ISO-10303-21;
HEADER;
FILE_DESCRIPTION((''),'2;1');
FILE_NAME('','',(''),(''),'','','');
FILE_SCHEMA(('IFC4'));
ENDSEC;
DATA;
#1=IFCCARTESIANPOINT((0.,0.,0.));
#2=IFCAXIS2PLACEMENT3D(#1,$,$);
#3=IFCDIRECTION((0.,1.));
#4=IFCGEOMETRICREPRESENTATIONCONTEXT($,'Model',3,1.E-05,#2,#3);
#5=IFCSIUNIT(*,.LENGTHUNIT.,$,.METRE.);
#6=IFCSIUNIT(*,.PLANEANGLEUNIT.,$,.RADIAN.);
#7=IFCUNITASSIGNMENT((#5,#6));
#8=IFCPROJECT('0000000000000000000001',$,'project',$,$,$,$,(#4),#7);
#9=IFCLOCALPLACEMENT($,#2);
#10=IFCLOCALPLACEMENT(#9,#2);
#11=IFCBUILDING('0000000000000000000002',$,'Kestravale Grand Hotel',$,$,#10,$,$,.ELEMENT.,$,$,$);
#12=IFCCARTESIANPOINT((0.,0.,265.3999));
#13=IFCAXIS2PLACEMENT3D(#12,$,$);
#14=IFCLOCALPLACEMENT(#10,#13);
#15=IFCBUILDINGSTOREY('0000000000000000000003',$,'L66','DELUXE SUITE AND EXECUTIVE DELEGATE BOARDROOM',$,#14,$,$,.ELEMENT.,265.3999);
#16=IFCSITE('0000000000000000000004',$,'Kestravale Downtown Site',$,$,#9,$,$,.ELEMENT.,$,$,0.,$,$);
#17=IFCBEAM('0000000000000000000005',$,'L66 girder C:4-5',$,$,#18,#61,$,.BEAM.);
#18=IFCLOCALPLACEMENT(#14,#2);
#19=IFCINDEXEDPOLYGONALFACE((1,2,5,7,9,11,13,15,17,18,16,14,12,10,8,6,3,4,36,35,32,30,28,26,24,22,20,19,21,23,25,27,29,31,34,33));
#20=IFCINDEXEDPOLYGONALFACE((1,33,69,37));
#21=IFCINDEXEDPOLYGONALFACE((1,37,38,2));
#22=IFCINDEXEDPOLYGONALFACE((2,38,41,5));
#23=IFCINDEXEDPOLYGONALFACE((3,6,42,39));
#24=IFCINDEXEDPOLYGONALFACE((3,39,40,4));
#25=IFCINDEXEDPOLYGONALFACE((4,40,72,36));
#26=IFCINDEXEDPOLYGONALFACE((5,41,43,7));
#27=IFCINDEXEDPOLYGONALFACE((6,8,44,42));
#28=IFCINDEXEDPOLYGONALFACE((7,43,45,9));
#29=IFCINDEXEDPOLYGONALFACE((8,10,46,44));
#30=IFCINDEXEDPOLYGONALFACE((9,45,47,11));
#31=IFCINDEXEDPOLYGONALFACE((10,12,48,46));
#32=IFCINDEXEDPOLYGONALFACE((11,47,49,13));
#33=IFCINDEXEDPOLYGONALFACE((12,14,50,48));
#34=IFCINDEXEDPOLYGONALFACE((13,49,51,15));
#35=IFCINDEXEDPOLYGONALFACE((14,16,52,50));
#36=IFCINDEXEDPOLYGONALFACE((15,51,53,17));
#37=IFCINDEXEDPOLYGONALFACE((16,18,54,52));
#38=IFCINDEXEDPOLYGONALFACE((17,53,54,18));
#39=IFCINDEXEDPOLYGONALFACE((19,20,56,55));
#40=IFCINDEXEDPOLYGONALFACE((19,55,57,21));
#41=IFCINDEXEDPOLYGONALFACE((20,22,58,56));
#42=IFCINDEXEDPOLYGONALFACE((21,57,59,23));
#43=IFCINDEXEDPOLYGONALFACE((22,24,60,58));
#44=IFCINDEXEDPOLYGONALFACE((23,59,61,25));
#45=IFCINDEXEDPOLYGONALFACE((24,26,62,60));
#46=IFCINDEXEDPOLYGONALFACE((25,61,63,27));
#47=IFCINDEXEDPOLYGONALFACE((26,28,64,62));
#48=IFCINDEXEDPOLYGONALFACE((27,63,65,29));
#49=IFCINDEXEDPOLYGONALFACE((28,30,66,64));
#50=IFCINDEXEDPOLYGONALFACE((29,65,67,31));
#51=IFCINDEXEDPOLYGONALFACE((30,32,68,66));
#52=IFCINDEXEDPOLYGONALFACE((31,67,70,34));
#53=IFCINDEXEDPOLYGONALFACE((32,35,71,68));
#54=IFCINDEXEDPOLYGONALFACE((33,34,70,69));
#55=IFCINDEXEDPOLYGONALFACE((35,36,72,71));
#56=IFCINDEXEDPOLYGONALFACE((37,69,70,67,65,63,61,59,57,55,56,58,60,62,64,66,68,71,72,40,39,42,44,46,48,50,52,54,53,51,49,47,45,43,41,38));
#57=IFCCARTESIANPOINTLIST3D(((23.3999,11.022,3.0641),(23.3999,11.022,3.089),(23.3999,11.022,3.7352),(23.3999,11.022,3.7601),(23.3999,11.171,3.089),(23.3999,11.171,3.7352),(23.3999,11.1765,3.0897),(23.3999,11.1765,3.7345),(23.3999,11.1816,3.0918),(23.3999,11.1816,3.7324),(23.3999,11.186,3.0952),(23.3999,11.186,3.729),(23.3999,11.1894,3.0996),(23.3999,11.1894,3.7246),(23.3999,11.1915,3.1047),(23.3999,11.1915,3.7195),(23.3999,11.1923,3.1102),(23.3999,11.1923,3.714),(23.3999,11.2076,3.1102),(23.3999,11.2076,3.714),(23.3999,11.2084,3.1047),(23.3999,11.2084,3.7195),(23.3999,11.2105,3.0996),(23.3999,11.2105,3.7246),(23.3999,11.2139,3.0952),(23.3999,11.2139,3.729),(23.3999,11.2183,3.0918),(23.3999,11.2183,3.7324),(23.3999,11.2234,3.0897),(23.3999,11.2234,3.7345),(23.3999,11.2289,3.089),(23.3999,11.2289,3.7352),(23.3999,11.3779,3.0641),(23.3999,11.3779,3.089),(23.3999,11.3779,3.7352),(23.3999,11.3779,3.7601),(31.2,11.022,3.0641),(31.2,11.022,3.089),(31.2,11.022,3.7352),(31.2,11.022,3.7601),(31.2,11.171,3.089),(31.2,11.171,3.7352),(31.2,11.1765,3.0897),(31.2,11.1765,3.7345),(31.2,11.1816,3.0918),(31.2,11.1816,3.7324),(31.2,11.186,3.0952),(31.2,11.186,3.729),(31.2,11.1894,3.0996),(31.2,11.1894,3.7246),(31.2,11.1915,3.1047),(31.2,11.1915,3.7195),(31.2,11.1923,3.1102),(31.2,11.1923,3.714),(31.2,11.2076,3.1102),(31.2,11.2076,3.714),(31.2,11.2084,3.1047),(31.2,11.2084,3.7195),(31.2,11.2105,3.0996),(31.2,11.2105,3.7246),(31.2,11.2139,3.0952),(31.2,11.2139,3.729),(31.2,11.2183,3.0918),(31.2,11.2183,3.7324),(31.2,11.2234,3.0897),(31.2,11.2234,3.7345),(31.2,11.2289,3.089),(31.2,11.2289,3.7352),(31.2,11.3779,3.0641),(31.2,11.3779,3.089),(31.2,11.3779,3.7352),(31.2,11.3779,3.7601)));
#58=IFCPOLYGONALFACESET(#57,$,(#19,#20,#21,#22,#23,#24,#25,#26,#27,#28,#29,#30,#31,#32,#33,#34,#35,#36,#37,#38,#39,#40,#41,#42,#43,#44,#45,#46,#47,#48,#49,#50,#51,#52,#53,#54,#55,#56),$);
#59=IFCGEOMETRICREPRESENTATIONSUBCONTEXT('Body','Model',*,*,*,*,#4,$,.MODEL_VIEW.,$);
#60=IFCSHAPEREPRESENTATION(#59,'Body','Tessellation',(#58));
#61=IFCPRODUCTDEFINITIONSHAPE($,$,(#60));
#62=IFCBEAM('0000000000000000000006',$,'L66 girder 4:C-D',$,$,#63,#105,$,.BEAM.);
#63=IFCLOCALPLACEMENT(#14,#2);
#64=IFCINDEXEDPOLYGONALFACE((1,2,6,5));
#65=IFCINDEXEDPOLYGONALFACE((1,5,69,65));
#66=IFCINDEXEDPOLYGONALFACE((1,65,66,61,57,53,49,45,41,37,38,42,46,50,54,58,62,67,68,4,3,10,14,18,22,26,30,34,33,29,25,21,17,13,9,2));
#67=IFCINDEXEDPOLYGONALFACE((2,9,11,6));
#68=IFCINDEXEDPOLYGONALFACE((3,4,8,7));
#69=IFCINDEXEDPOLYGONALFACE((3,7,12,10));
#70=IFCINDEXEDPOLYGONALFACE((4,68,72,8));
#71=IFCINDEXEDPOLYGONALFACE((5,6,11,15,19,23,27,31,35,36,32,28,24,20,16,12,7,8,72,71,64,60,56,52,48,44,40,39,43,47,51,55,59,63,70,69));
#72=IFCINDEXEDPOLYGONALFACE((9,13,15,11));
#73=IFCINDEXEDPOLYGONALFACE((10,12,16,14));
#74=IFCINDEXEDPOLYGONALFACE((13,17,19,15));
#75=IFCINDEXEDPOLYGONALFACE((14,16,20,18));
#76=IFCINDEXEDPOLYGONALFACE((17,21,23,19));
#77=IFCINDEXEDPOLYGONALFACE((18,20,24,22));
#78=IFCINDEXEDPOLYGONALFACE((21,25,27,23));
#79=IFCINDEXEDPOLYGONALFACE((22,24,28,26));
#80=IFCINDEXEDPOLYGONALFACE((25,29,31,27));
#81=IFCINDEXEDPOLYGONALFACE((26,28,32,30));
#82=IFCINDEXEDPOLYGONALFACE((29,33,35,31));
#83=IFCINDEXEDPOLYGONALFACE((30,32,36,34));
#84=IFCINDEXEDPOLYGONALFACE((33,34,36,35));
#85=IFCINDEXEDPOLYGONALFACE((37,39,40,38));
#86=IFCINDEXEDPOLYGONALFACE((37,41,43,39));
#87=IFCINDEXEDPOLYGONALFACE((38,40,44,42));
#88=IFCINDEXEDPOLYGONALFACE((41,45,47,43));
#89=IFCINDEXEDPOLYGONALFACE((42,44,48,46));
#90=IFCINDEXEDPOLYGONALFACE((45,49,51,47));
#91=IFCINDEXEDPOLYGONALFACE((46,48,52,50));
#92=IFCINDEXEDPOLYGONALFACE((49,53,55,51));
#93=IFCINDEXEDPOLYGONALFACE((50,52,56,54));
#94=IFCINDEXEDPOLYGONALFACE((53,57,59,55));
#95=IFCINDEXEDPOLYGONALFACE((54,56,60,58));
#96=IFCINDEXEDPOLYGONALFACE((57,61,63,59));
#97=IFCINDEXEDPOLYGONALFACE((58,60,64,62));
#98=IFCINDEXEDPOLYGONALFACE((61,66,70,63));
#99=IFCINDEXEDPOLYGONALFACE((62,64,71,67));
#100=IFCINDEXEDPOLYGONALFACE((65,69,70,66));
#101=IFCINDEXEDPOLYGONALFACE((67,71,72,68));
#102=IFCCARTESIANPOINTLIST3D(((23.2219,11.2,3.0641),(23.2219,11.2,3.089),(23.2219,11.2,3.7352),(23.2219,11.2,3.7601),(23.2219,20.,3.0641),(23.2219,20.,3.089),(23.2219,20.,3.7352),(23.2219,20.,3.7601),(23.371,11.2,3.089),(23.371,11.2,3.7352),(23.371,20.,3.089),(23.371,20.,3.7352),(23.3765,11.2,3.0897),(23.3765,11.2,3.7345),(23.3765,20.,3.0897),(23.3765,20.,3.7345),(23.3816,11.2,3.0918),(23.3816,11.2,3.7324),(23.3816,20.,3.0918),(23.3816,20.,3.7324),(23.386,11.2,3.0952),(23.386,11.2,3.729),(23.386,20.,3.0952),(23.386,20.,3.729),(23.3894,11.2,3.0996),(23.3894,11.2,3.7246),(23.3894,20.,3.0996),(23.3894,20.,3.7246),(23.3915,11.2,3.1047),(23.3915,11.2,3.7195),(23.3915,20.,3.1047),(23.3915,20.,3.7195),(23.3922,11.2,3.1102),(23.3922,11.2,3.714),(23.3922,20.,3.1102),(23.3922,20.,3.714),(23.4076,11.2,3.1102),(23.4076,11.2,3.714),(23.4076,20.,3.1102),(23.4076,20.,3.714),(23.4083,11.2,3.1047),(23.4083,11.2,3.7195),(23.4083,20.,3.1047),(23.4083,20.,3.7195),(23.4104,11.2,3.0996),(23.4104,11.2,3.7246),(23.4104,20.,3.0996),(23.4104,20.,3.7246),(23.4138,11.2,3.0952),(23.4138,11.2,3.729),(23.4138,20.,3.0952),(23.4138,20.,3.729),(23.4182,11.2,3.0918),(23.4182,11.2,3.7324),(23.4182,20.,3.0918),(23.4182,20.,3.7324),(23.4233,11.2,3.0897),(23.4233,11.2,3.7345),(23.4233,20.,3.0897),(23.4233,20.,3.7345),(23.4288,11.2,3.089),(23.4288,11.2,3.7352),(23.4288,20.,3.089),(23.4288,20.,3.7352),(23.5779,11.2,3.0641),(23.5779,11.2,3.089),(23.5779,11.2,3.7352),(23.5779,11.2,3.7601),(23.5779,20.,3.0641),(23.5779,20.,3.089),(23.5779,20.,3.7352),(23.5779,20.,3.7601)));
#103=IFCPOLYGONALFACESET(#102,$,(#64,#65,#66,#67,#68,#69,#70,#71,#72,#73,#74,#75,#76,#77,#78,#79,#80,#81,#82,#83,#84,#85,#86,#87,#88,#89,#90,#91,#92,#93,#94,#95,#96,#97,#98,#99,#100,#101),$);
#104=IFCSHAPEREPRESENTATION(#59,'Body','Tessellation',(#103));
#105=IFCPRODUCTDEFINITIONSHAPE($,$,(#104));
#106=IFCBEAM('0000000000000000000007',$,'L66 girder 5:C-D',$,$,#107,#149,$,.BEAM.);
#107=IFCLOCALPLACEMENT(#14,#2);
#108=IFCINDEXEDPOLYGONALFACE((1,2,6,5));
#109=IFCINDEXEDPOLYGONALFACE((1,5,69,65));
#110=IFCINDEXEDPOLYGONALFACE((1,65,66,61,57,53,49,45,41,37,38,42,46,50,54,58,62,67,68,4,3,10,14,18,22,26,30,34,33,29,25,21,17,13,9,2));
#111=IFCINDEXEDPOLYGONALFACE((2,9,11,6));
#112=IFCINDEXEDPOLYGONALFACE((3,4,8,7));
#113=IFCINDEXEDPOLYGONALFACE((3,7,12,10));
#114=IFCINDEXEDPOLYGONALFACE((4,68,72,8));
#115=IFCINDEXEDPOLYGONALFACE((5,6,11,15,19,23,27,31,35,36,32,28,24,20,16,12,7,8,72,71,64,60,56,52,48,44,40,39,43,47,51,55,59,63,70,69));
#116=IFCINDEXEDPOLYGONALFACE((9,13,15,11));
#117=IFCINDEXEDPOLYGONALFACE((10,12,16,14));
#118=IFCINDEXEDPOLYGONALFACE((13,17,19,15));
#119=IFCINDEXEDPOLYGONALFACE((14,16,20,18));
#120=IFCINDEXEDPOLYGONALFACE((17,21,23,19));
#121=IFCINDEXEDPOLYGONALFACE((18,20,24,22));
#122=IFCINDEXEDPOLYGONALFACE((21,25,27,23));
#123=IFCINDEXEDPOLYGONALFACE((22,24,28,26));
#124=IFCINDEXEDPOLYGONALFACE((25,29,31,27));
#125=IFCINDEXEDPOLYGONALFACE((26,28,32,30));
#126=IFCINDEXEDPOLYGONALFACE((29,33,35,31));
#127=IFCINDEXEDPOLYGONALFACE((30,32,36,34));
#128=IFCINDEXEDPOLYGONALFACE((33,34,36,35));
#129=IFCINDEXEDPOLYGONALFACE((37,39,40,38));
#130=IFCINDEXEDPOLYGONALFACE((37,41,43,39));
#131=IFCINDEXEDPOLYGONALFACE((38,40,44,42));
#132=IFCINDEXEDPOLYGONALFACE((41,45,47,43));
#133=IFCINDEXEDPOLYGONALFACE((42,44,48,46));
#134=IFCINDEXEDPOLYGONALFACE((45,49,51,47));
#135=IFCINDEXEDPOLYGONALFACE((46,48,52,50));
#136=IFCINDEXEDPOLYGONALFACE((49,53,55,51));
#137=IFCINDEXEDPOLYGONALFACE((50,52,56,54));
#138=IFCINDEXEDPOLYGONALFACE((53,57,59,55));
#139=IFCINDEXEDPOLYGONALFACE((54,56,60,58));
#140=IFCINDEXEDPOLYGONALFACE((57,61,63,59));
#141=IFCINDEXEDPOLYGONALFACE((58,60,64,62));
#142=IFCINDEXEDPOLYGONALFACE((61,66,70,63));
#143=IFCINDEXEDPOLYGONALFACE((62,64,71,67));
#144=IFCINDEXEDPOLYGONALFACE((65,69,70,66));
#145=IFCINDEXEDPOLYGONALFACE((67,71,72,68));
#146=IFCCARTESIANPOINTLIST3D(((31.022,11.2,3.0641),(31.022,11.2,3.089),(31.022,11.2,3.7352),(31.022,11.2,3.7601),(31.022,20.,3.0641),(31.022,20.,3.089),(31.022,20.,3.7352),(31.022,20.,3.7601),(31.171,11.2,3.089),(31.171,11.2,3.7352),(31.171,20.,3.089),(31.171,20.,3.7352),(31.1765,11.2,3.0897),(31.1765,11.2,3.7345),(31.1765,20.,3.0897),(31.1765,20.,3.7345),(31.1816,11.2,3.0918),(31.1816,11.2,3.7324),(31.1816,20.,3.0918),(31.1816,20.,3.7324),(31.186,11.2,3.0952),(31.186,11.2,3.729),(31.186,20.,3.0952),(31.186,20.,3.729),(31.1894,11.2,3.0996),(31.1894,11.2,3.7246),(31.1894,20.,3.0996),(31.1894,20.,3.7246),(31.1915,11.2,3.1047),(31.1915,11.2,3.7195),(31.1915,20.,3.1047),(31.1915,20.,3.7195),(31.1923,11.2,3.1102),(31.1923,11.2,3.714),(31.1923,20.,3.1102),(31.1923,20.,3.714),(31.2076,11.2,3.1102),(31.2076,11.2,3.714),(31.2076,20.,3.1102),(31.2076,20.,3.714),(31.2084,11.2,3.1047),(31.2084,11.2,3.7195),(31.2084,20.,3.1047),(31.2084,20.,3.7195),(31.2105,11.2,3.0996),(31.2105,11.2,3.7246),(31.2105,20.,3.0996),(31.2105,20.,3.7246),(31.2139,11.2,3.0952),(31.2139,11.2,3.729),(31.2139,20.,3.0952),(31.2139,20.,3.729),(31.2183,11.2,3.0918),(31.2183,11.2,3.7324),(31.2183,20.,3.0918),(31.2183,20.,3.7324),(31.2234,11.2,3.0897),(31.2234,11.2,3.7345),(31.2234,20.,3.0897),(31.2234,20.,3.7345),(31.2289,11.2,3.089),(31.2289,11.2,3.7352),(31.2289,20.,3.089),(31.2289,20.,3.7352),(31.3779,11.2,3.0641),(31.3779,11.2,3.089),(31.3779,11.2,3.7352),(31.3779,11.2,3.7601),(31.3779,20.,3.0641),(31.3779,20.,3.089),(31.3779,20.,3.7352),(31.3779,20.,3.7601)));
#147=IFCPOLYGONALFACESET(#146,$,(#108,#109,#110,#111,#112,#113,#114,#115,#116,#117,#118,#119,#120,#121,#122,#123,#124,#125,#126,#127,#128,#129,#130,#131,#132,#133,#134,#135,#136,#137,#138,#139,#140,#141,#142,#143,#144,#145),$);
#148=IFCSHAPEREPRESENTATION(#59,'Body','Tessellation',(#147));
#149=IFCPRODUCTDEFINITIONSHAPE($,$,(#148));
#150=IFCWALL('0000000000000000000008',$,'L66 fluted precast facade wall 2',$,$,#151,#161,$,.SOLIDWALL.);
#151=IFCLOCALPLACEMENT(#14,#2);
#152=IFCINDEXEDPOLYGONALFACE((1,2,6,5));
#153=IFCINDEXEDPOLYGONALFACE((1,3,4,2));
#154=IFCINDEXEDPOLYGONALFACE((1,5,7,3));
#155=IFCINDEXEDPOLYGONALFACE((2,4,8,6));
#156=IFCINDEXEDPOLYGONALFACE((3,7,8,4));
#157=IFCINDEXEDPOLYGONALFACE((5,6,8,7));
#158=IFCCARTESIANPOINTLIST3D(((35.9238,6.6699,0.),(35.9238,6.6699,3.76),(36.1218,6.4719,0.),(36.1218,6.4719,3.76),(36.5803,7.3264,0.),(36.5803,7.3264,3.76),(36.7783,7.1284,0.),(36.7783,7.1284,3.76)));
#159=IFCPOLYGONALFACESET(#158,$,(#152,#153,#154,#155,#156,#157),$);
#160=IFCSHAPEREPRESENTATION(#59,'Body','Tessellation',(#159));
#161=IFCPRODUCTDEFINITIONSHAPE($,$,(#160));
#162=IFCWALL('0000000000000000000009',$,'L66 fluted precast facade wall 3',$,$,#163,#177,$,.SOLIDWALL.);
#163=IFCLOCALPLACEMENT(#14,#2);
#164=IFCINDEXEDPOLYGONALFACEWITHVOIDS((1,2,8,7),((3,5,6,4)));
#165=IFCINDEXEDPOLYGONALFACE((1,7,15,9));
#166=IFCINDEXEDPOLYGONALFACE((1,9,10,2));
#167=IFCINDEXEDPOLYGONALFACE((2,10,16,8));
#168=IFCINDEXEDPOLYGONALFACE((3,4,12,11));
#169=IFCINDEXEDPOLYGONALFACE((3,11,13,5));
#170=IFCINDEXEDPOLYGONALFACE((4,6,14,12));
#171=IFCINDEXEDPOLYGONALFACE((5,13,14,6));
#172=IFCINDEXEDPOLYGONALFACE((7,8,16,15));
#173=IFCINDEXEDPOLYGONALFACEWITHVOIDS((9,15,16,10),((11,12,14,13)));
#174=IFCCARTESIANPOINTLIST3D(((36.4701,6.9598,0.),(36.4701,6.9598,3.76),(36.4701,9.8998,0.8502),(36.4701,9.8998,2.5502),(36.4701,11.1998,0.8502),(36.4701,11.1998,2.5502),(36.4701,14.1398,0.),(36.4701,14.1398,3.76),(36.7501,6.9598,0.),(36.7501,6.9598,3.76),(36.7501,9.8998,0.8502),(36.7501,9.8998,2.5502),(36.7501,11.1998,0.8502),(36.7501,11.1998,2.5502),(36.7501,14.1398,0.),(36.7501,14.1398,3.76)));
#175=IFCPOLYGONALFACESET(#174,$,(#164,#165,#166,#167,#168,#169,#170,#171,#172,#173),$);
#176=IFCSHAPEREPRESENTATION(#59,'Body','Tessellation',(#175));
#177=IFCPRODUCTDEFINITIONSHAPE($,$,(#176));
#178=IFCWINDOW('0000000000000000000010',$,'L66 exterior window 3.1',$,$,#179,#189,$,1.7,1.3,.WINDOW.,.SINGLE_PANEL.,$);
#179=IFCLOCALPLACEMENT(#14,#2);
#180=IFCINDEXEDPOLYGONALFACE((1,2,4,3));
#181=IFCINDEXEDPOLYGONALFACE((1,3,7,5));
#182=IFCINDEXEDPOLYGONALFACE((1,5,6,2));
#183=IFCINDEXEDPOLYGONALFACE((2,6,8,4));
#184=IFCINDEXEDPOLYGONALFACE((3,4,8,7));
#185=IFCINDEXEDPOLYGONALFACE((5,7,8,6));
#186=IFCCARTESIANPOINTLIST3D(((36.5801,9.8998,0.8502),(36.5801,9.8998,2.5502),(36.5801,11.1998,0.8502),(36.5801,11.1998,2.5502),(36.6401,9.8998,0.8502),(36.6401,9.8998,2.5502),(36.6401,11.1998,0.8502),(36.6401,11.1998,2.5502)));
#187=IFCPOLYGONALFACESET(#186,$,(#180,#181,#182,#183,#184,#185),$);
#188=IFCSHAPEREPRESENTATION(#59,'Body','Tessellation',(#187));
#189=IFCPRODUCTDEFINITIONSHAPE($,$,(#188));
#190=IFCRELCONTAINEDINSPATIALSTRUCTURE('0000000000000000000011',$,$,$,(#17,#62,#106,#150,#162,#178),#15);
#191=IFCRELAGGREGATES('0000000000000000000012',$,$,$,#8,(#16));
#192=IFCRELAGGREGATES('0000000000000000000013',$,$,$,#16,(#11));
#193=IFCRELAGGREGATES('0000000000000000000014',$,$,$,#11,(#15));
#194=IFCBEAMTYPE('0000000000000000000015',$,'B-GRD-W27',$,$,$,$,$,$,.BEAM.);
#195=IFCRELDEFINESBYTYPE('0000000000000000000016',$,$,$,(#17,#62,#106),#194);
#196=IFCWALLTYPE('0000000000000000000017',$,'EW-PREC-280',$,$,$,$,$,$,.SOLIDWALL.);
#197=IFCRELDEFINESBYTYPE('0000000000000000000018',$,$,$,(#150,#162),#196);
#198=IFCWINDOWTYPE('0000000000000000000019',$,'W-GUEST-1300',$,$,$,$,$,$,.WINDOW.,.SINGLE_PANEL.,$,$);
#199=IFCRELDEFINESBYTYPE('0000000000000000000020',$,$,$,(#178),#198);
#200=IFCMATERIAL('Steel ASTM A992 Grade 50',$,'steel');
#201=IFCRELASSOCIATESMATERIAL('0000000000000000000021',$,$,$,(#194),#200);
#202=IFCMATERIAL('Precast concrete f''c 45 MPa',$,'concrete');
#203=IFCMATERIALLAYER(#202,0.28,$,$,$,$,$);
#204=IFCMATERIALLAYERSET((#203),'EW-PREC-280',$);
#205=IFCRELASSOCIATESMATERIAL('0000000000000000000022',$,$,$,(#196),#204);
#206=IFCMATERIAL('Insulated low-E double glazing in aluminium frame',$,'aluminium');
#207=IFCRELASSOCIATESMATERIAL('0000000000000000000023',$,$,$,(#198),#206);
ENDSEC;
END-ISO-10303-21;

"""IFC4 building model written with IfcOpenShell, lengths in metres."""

from ifc_helpers import new_model, si_unit, direction, frame, frame_2d, origin, origin_2d, place, context, subcontext, project, spatial, rectangle, i_section, extrude, material, layer, layer_set, material_profile, profile_set, type_object, element, fill, save


model = new_model("IFC4")

# Units and contexts
model_context = context("Model", 3, precision=1e-05, world=origin(), true_north=direction((0.0, 1.0)))
body_context = subcontext(model_context, "Body", "Model", "MODEL_VIEW")
ifc_project = project(units=[si_unit("LENGTHUNIT", "METRE"), si_unit("PLANEANGLEUNIT", "RADIAN")], contexts=[model_context])

# Site, building, storey
site_placement = place(None, origin())
site = spatial("IfcSite", under=ifc_project, at=site_placement, Name="Kestravale Downtown Site", CompositionType="ELEMENT", RefElevation=0.0)
building_placement = place(site_placement, origin())
building = spatial("IfcBuilding", under=site, at=building_placement, Name="Kestravale Grand Hotel", CompositionType="ELEMENT")
storey_placement = place(building_placement, frame((0.0, 0.0, 265.3999)))
storey = spatial("IfcBuildingStorey", under=building, at=storey_placement, Name="L66", Description="DELUXE SUITE AND EXECUTIVE DELEGATE BOARDROOM", CompositionType="ELEMENT", Elevation=265.3999)

# Beams
ifc_material_1 = material(Name="Steel ASTM A992 Grade 50", Category="steel")
ifc_material_profile_1 = material_profile(ifc_material_1, i_section(OverallWidth=0.356, OverallDepth=0.696, WebThickness=0.0154, FlangeThickness=0.0249, FilletRadius=0.0212, at=origin_2d()))
ifc_profile_set_1 = profile_set([ifc_material_profile_1], Name="Steel ASTM A992 Grade 50")
beam_type_1 = type_object("IfcBeamType", Name="B-GRD-W27", PredefinedType="BEAM", material=ifc_profile_set_1)
beam_1_placement = place(storey_placement, frame((23.3999, 11.2, 3.4121), z_axis=(1.0, 0.0, 0.0), x_axis=(0.0, 1.0, 0.0)))
element("IfcBeam", 1, at=beam_1_placement, inside=storey, type_object=beam_type_1, Name="L66 girder C:4-5", PredefinedType="BEAM", context=body_context, shape_type="SweptSolid", body=[
    extrude(i_section(OverallWidth=0.356, OverallDepth=0.696, WebThickness=0.0154, FlangeThickness=0.0249, FilletRadius=0.0212, at=origin_2d()), origin(), (0.0, 0.0, 1.0), 7.8),
])
for number, where, z_axis, x_axis, name in (
    (2, (23.3999, 11.2, 3.4121), (0.0, 1.0, 0.0), (-1.0, 0.0, 0.0), "L66 girder 4:C-D"),
    (3, (31.2, 11.2, 3.4121), (0.0, 1.0, 0.0), (-1.0, 0.0, 0.0), "L66 girder 5:C-D"),
):
    element("IfcBeam", number, at=place(storey_placement, frame(where, z_axis=z_axis, x_axis=x_axis)), inside=storey, type_object=beam_type_1, Name=name, PredefinedType="BEAM", context=body_context, shape_type="SweptSolid", body=[
        extrude(i_section(OverallWidth=0.356, OverallDepth=0.696, WebThickness=0.0154, FlangeThickness=0.0249, FilletRadius=0.0212, at=origin_2d()), origin(), (0.0, 0.0, 1.0), 8.8),
    ])

# Wall
ifc_material_2 = material(Name="Precast concrete f'c 45 MPa", Category="concrete")
ifc_layer_1 = layer(ifc_material_2, 0.28)
ifc_layer_set_1 = layer_set([ifc_layer_1], Name="EW-PREC-280")
wall_type_1 = type_object("IfcWallType", Name="EW-PREC-280", PredefinedType="SOLIDWALL", material=ifc_layer_set_1)
wall_1_placement = place(storey_placement, frame((36.0227, 6.5708, 0.0), z_axis=(0.0, 0.0, 1.0), x_axis=(0.707107, 0.707107, 0.0)))
element("IfcWall", 4, at=wall_1_placement, inside=storey, type_object=wall_type_1, Name="L66 fluted precast facade wall 2", PredefinedType="SOLIDWALL", context=body_context, shape_type="SweptSolid", body=[
    extrude(rectangle(XDim=0.9285, YDim=0.28, at=frame_2d((0.4644, 0.0))), origin(), (0.0, 0.0, 1.0), 3.76),
])

# Wall, opening, window
wall_2_placement = place(storey_placement, frame((36.6101, 6.96, 0.0), z_axis=(0.0, 0.0, 1.0), x_axis=(0.0, 1.0, 0.0)))
wall_2 = element("IfcWall", 5, at=wall_2_placement, inside=storey, type_object=wall_type_1, Name="L66 fluted precast facade wall 3", PredefinedType="SOLIDWALL", context=body_context, shape_type="SweptSolid", body=[
    extrude(rectangle(XDim=7.1799, YDim=0.28, at=frame_2d((3.5898, 0.0))), origin(), (0.0, 0.0, 1.0), 3.76),
])
opening_1_placement = place(wall_2_placement, frame((2.9399, 0.0, 0.8501)))
opening_1 = element("IfcOpeningElement", 6, at=opening_1_placement, cuts=wall_2, PredefinedType="OPENING", context=body_context, shape_type="SweptSolid", body=[
    extrude(rectangle(XDim=1.3, YDim=1.7, at=frame_2d((0.6499, 0.8501))), frame((0.0, 0.1499, 0.0), z_axis=(0.0, -1.0, 0.0), x_axis=(1.0, 0.0, 0.0)), (0.0, 0.0, 1.0), 0.3),
])
ifc_material_3 = material(Name="Insulated low-E double glazing in aluminium frame", Category="aluminium")
window_type = type_object("IfcWindowType", Name="W-GUEST-1300", PartitioningType="SINGLE_PANEL", PredefinedType="WINDOW", material=ifc_material_3)
window_1_placement = place(opening_1_placement, origin())
window_1 = element("IfcWindow", 7, at=window_1_placement, inside=storey, type_object=window_type, Name="L66 exterior window 3.1", OverallHeight=1.7, OverallWidth=1.3, PartitioningType="SINGLE_PANEL", PredefinedType="WINDOW", context=body_context, shape_type="SweptSolid", body=[
    extrude(rectangle(XDim=1.3, YDim=1.7, at=frame_2d((0.6499, 0.8501))), frame((0.0, 0.03, 0.0), z_axis=(0.0, -1.0, 0.0), x_axis=(1.0, 0.0, 0.0)), (0.0, 0.0, 1.0), 0.0601),
])
fill(opening_1, window_1)

save(model, "model.ifc")
